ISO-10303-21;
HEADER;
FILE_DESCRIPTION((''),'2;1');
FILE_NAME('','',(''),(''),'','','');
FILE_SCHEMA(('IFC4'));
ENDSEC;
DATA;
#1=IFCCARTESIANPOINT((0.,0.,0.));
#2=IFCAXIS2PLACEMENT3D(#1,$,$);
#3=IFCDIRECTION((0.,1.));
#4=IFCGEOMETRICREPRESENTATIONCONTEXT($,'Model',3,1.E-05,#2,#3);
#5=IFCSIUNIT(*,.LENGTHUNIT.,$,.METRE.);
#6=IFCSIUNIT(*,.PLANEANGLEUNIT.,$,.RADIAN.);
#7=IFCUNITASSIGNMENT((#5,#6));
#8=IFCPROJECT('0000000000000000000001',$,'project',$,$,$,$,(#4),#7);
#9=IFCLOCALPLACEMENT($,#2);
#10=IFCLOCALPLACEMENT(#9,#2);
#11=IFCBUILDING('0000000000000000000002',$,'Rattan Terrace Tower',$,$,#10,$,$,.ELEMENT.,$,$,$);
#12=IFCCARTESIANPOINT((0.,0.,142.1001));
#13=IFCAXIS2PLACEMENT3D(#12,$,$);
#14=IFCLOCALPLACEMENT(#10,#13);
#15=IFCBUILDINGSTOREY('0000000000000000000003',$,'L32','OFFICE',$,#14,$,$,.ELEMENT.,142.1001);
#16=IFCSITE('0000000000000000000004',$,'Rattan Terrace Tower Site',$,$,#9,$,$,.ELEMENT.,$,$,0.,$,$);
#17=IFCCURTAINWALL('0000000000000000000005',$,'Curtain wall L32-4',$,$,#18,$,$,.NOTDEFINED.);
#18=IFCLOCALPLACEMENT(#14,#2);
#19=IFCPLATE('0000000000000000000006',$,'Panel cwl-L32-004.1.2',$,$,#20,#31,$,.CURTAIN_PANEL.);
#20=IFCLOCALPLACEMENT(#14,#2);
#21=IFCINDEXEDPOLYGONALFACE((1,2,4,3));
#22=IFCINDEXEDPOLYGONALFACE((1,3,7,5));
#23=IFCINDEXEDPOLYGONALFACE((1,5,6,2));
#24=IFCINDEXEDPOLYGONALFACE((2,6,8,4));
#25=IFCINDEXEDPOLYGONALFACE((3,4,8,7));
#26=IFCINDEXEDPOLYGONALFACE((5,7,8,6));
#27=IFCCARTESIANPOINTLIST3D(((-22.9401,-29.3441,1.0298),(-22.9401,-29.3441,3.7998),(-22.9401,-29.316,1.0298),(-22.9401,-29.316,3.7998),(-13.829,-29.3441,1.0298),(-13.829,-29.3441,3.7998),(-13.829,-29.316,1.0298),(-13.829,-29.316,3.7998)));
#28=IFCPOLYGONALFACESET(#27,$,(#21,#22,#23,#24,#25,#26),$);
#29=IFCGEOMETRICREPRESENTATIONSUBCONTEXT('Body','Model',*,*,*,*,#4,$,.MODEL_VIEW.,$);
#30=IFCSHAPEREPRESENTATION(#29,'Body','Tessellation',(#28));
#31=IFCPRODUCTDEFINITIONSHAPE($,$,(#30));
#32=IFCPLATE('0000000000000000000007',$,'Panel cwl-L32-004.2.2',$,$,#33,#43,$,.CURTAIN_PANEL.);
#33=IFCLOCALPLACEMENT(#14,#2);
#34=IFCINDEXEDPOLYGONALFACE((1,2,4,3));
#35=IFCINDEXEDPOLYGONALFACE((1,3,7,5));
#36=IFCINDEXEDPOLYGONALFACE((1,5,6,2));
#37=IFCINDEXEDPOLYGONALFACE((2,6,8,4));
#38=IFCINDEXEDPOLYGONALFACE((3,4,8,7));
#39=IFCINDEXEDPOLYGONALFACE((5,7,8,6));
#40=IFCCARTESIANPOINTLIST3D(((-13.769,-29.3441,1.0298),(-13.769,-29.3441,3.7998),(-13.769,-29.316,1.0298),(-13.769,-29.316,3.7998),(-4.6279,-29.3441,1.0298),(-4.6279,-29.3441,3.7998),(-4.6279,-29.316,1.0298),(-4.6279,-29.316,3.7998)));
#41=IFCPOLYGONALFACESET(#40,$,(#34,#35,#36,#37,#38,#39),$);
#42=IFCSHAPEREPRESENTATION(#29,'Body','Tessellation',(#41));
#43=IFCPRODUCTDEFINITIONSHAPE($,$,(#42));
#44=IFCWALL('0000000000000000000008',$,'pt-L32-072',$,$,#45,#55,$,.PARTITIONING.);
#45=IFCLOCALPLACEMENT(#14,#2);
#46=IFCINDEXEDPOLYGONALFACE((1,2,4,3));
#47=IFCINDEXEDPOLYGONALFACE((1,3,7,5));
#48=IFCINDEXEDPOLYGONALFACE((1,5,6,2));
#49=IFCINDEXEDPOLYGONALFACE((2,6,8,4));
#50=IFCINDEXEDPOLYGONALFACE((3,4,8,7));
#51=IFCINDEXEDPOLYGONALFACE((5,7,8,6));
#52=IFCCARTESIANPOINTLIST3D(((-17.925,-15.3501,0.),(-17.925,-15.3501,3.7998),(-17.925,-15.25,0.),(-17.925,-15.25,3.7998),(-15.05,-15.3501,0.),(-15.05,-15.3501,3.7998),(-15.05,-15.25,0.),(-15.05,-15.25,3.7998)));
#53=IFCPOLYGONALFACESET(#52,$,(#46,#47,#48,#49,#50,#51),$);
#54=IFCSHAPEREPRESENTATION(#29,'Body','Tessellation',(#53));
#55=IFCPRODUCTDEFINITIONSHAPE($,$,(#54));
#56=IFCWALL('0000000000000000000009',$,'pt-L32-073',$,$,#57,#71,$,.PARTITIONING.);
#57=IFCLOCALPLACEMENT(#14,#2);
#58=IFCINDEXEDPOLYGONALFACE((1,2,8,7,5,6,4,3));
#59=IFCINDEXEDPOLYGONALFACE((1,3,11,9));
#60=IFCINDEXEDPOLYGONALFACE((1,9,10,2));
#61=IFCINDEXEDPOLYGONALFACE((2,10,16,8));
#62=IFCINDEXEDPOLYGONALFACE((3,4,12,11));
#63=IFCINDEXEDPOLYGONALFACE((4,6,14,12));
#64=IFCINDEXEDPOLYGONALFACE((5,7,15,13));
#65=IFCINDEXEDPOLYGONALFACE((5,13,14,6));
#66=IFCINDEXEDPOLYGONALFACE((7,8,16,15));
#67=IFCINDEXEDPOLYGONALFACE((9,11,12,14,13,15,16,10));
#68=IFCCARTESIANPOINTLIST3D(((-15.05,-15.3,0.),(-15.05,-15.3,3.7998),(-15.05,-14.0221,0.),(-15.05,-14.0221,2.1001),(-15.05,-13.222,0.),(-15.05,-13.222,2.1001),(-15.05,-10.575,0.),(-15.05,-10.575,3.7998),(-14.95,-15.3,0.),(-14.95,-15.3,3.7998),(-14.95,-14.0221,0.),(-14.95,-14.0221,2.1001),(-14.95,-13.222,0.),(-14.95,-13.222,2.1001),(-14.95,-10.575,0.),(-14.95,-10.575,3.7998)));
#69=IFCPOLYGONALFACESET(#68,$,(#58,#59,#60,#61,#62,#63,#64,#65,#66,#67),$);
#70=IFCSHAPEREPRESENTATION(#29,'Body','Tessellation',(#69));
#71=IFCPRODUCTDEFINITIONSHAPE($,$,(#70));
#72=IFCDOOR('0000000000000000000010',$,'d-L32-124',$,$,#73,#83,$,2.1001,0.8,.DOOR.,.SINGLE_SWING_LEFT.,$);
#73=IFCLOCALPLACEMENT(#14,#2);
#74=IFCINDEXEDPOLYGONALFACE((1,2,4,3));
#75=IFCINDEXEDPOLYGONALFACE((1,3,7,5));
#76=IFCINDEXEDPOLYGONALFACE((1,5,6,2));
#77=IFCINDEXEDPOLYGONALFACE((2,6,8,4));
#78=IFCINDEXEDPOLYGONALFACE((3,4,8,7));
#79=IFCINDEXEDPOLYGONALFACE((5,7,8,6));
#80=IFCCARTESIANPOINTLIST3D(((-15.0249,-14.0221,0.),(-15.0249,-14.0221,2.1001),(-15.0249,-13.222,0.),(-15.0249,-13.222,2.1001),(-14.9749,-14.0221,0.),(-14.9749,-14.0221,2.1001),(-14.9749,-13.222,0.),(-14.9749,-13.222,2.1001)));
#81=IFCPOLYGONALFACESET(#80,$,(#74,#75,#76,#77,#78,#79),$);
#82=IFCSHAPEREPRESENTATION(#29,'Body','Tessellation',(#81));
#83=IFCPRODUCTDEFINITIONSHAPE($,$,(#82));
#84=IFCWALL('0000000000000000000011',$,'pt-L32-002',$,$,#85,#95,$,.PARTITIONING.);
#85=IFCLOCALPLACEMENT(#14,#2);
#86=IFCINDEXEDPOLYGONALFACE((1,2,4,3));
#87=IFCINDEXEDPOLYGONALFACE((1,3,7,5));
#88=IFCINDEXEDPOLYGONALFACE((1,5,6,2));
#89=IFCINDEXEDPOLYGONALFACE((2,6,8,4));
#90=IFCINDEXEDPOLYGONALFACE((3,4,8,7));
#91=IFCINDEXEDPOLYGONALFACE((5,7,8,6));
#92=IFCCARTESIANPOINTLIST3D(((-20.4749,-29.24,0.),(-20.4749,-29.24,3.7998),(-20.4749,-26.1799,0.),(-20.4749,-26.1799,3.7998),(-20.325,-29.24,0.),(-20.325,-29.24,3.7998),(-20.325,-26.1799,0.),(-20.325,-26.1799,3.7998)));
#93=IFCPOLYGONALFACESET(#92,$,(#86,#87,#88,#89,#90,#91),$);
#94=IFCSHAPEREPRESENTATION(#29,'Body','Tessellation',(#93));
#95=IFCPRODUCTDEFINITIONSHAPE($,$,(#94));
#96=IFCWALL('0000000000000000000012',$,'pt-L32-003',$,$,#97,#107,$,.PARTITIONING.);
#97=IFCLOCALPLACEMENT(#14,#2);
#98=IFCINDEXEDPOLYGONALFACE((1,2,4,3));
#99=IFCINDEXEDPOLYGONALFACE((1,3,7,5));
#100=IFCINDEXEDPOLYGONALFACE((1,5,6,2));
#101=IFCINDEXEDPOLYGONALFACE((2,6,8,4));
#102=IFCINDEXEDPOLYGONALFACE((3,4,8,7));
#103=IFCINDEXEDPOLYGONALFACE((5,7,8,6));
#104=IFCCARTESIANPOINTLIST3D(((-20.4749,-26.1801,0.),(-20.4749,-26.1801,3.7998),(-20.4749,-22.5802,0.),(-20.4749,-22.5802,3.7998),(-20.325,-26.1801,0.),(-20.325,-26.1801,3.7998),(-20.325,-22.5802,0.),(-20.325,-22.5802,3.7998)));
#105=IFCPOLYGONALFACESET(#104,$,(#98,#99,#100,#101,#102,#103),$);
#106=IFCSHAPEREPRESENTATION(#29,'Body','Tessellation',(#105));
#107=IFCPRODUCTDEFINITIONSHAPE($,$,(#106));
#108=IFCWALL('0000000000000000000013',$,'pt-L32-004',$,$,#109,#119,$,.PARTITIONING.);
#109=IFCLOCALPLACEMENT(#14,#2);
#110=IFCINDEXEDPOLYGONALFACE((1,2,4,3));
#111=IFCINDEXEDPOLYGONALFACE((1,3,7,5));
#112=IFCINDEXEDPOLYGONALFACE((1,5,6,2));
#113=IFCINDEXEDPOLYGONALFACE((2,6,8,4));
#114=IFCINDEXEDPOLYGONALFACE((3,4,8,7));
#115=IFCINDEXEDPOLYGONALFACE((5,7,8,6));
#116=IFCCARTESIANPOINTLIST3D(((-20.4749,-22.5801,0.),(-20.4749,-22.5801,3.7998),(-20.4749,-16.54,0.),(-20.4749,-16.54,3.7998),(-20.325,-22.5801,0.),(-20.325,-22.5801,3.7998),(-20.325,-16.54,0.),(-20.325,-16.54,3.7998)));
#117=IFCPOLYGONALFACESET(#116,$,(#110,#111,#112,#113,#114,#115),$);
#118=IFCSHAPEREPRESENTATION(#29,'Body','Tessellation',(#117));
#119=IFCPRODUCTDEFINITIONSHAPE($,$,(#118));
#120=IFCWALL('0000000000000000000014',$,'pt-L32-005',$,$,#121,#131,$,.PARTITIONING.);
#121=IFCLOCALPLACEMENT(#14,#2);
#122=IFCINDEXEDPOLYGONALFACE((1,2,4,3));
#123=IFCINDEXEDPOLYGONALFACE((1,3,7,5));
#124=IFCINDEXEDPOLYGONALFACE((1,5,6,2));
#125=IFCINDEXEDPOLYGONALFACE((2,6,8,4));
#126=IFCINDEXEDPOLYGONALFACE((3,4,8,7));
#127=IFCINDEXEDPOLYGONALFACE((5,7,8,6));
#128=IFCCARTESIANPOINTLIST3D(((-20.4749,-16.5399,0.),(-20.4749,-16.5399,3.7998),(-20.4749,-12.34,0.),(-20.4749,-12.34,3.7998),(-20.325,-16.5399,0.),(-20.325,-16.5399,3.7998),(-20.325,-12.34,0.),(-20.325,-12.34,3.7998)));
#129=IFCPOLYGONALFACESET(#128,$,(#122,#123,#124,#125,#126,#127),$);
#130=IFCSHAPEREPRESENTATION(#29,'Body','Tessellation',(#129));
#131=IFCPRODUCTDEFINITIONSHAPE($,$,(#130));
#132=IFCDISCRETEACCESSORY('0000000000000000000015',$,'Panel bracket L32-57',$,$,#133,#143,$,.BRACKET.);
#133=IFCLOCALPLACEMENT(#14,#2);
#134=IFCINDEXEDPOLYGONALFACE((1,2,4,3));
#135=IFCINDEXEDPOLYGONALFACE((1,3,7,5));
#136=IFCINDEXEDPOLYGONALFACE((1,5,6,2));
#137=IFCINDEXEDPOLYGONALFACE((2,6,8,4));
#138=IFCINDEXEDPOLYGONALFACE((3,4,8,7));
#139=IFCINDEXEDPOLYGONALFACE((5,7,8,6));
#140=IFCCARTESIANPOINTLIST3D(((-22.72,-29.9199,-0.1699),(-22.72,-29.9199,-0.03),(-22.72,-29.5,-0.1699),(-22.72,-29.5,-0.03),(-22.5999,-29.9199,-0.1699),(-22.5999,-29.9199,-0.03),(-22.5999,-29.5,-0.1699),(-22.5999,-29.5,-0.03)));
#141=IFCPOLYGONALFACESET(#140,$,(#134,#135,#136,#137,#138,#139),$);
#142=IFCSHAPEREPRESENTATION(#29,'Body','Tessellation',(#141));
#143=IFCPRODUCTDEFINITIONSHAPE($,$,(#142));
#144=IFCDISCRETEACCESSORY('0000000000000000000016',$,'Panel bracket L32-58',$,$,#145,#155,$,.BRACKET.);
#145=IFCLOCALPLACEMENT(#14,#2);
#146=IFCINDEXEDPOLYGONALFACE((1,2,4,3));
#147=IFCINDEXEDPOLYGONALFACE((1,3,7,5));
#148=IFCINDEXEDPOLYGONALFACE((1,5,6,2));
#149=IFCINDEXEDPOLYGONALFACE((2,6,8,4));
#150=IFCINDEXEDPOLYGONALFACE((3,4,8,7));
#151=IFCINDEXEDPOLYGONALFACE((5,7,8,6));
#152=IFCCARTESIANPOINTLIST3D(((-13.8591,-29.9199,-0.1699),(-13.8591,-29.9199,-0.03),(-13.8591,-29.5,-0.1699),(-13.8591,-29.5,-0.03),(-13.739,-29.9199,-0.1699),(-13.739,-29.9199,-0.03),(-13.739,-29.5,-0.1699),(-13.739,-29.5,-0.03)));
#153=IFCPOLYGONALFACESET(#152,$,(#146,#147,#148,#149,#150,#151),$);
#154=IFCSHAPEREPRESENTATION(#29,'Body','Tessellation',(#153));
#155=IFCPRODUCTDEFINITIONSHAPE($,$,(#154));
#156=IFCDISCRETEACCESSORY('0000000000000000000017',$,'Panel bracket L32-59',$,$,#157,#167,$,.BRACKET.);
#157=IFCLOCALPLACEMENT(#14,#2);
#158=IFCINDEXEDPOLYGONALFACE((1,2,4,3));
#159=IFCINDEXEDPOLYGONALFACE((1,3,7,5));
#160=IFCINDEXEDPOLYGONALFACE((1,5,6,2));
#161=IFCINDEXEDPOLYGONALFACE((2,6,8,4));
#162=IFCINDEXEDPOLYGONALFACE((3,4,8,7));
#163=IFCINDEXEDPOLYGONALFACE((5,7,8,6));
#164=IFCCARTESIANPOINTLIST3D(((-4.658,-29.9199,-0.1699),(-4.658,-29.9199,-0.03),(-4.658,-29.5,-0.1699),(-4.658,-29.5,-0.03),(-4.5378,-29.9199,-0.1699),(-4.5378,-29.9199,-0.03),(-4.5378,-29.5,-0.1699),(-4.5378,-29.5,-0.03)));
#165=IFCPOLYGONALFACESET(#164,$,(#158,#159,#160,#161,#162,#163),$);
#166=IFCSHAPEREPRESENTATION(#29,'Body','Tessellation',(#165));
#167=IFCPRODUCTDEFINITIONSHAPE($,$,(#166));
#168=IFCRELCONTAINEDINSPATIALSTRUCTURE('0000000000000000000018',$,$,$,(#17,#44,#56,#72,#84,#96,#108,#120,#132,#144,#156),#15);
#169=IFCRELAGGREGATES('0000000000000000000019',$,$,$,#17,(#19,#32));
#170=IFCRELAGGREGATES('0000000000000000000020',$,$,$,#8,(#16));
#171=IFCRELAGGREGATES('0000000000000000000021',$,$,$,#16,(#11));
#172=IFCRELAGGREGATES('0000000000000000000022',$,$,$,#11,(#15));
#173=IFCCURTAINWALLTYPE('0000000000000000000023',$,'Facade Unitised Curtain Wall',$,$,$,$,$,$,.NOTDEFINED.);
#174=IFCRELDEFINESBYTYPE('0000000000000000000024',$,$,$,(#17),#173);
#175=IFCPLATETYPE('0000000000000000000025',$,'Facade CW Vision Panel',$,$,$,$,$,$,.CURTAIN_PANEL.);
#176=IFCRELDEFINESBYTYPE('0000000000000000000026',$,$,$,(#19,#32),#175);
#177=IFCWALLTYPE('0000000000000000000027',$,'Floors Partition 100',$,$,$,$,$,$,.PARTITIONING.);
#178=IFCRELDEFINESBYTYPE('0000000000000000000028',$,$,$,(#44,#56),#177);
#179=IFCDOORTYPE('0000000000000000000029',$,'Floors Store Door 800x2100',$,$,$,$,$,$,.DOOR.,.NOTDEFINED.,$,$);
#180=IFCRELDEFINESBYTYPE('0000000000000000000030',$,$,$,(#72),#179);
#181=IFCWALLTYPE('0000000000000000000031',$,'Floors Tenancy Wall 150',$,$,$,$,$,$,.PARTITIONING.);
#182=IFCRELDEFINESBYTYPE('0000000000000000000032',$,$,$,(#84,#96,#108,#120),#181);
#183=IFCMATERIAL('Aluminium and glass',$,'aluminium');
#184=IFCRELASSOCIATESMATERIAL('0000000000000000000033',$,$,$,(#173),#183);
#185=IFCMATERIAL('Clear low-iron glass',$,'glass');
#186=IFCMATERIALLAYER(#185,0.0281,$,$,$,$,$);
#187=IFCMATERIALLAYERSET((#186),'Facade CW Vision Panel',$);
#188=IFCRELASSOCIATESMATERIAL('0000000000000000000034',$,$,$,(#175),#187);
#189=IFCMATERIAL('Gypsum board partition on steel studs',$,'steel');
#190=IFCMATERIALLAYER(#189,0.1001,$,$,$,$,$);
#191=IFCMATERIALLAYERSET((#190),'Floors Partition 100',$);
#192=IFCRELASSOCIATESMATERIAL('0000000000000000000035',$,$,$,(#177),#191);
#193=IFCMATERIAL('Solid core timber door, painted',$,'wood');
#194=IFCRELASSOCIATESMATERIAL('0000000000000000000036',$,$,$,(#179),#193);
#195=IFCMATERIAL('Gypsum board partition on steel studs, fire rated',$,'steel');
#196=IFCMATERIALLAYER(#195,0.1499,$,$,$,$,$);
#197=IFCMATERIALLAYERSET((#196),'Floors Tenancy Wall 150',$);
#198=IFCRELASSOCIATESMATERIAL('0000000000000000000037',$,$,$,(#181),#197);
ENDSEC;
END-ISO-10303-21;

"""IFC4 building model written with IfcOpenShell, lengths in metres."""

from ifc_helpers import new_model, si_unit, direction, frame, frame_2d, origin, origin_2d, place, context, subcontext, project, spatial, rectangle, extrude, material, layer, layer_set, type_object, element, fill, aggregate, save


model = new_model("IFC4")

# Units and contexts
model_context = context("Model", 3, precision=1e-05, world=origin(), true_north=direction((0.0, 1.0)))
body_context = subcontext(model_context, "Body", "Model", "MODEL_VIEW")
ifc_project = project(units=[si_unit("LENGTHUNIT", "METRE"), si_unit("PLANEANGLEUNIT", "RADIAN")], contexts=[model_context])

# Site, building, storey
site_placement = place(None, origin())
site = spatial("IfcSite", under=ifc_project, at=site_placement, Name="Rattan Terrace Tower Site", CompositionType="ELEMENT", RefElevation=0.0)
building_placement = place(site_placement, origin())
building = spatial("IfcBuilding", under=site, at=building_placement, Name="Rattan Terrace Tower", CompositionType="ELEMENT")
storey_placement = place(building_placement, frame((0.0, 0.0, 142.1001)))
storey = spatial("IfcBuildingStorey", under=building, at=storey_placement, Name="L32", Description="OFFICE", CompositionType="ELEMENT", Elevation=142.1001)

# Curtain wall
ifc_material_1 = material(Name="Aluminium and glass", Category="aluminium")
curtain_wall_type = type_object("IfcCurtainWallType", Name="Facade Unitised Curtain Wall", PredefinedType="NOTDEFINED", material=ifc_material_1)
curtain_wall_placement = place(storey_placement, origin())
curtain_wall = element("IfcCurtainWall", 1, at=curtain_wall_placement, inside=storey, type_object=curtain_wall_type, Name="Curtain wall L32-4", PredefinedType="NOTDEFINED")

# Plates
ifc_material_2 = material(Name="Clear low-iron glass", Category="glass")
ifc_layer_1 = layer(ifc_material_2, 0.0281)
ifc_layer_set_1 = layer_set([ifc_layer_1], Name="Facade CW Vision Panel")
plate_type_1 = type_object("IfcPlateType", Name="Facade CW Vision Panel", PredefinedType="CURTAIN_PANEL", material=ifc_layer_set_1)
plate_1_placement = place(storey_placement, frame((-18.3845, -29.3301, 1.0298), z_axis=(0.0, 0.0, 1.0), x_axis=(1.0, 0.0, 0.0)))
plate_1 = element("IfcPlate", 2, at=plate_1_placement, type_object=plate_type_1, Name="Panel cwl-L32-004.1.2", PredefinedType="CURTAIN_PANEL", context=body_context, shape_type="SweptSolid", body=[
    extrude(rectangle(XDim=9.1111, YDim=0.0281, at=origin_2d()), origin(), (0.0, 0.0, 1.0), 2.77),
])
plate_2_placement = place(storey_placement, frame((-9.1985, -29.3301, 1.0298), z_axis=(0.0, 0.0, 1.0), x_axis=(1.0, 0.0, 0.0)))
plate_2 = element("IfcPlate", 3, at=plate_2_placement, type_object=plate_type_1, Name="Panel cwl-L32-004.2.2", PredefinedType="CURTAIN_PANEL", context=body_context, shape_type="SweptSolid", body=[
    extrude(rectangle(XDim=9.1411, YDim=0.0281, at=origin_2d()), origin(), (0.0, 0.0, 1.0), 2.77),
])
aggregate(curtain_wall, [plate_1, plate_2])

# Wall
ifc_material_3 = material(Name="Gypsum board partition on steel studs", Category="steel")
ifc_layer_2 = layer(ifc_material_3, 0.1001)
ifc_layer_set_2 = layer_set([ifc_layer_2], Name="Floors Partition 100")
wall_type_1 = type_object("IfcWallType", Name="Floors Partition 100", PredefinedType="PARTITIONING", material=ifc_layer_set_2)
wall_1_placement = place(storey_placement, frame((-17.925, -15.3, 0.0), z_axis=(0.0, 0.0, 1.0), x_axis=(1.0, 0.0, 0.0)))
element("IfcWall", 4, at=wall_1_placement, inside=storey, type_object=wall_type_1, Name="pt-L32-072", PredefinedType="PARTITIONING", context=body_context, shape_type="SweptSolid", body=[
    extrude(rectangle(XDim=2.875, YDim=0.1001, at=frame_2d((1.4375, 0.0))), origin(), (0.0, 0.0, 1.0), 3.7998),
])

# Wall, opening, door
wall_2_placement = place(storey_placement, frame((-15.0, -15.3, 0.0), z_axis=(0.0, 0.0, 1.0), x_axis=(0.0, 1.0, 0.0)))
wall_2 = element("IfcWall", 5, at=wall_2_placement, inside=storey, type_object=wall_type_1, Name="pt-L32-073", PredefinedType="PARTITIONING", context=body_context, shape_type="SweptSolid", body=[
    extrude(rectangle(XDim=4.7251, YDim=0.1001, at=frame_2d((2.3625, 0.0))), origin(), (0.0, 0.0, 1.0), 3.7998),
])
opening_placement = place(wall_2_placement, frame((1.2781, 0.0, 0.0)))
opening = element("IfcOpeningElement", 6, at=opening_placement, cuts=wall_2, PredefinedType="OPENING", context=body_context, shape_type="SweptSolid", body=[
    extrude(rectangle(XDim=0.8, YDim=2.1001, at=frame_2d((0.3999, 1.05))), frame((0.0, 0.0605, 0.0), z_axis=(0.0, -1.0, 0.0), x_axis=(1.0, 0.0, 0.0)), (0.0, 0.0, 1.0), 0.1211),
])
ifc_material_4 = material(Name="Solid core timber door, painted", Category="wood")
door_type = type_object("IfcDoorType", Name="Floors Store Door 800x2100", OperationType="NOTDEFINED", PredefinedType="DOOR", material=ifc_material_4)
door_placement = place(opening_placement, origin())
door = element("IfcDoor", 7, at=door_placement, inside=storey, type_object=door_type, Name="d-L32-124", OperationType="SINGLE_SWING_LEFT", OverallHeight=2.1001, OverallWidth=0.8, PredefinedType="DOOR", context=body_context, shape_type="SweptSolid", body=[
    extrude(rectangle(XDim=0.8, YDim=2.1001, at=frame_2d((0.3999, 1.05))), frame((0.0, 0.0249, 0.0), z_axis=(0.0, -1.0, 0.0), x_axis=(1.0, 0.0, 0.0)), (0.0, 0.0, 1.0), 0.05),
])
fill(opening, door)

# Walls
ifc_material_5 = material(Name="Gypsum board partition on steel studs, fire rated", Category="steel")
ifc_layer_3 = layer(ifc_material_5, 0.1499)
ifc_layer_set_3 = layer_set([ifc_layer_3], Name="Floors Tenancy Wall 150")
wall_type_2 = type_object("IfcWallType", Name="Floors Tenancy Wall 150", PredefinedType="PARTITIONING", material=ifc_layer_set_3)
wall_3_placement = place(storey_placement, frame((-20.3999, -29.24, 0.0), z_axis=(0.0, 0.0, 1.0), x_axis=(0.0, 1.0, 0.0)))
element("IfcWall", 8, at=wall_3_placement, inside=storey, type_object=wall_type_2, Name="pt-L32-002", PredefinedType="PARTITIONING", context=body_context, shape_type="SweptSolid", body=[
    extrude(rectangle(XDim=3.0601, YDim=0.1499, at=frame_2d((1.53, 0.0))), origin(), (0.0, 0.0, 1.0), 3.7998),
])
wall_4_placement = place(storey_placement, frame((-20.3999, -26.1799, 0.0), z_axis=(0.0, 0.0, 1.0), x_axis=(0.0, 1.0, 0.0)))
element("IfcWall", 9, at=wall_4_placement, inside=storey, type_object=wall_type_2, Name="pt-L32-003", PredefinedType="PARTITIONING", context=body_context, shape_type="SweptSolid", body=[
    extrude(rectangle(XDim=3.5999, YDim=0.1499, at=frame_2d((1.7998, 0.0))), origin(), (0.0, 0.0, 1.0), 3.7998),
])
wall_5_placement = place(storey_placement, frame((-20.3999, -22.5801, 0.0), z_axis=(0.0, 0.0, 1.0), x_axis=(0.0, 1.0, 0.0)))
element("IfcWall", 10, at=wall_5_placement, inside=storey, type_object=wall_type_2, Name="pt-L32-004", PredefinedType="PARTITIONING", context=body_context, shape_type="SweptSolid", body=[
    extrude(rectangle(XDim=6.04, YDim=0.1499, at=frame_2d((3.02, 0.0))), origin(), (0.0, 0.0, 1.0), 3.7998),
])
wall_6_placement = place(storey_placement, frame((-20.3999, -16.54, 0.0), z_axis=(0.0, 0.0, 1.0), x_axis=(0.0, 1.0, 0.0)))
element("IfcWall", 11, at=wall_6_placement, inside=storey, type_object=wall_type_2, Name="pt-L32-005", PredefinedType="PARTITIONING", context=body_context, shape_type="SweptSolid", body=[
    extrude(rectangle(XDim=4.2, YDim=0.1499, at=frame_2d((2.1001, 0.0))), origin(), (0.0, 0.0, 1.0), 3.7998),
])

# Discrete accessories
for number, where, z_axis, x_axis, name in (
    (12, (-22.6599, -29.71, -0.1699), (0.0, 0.0, 1.0), (1.0, 0.0, 0.0), "Panel bracket L32-57"),
    (13, (-13.7991, -29.71, -0.1699), (0.0, 0.0, 1.0), (1.0, 0.0, 0.0), "Panel bracket L32-58"),
    (14, (-4.5979, -29.71, -0.1699), (0.0, 0.0, 1.0), (1.0, 0.0, 0.0), "Panel bracket L32-59"),
):
    element("IfcDiscreteAccessory", number, at=place(storey_placement, frame(where, z_axis=z_axis, x_axis=x_axis)), inside=storey, Name=name, PredefinedType="BRACKET", context=body_context, shape_type="SweptSolid", body=[
        extrude(rectangle(XDim=0.1201, YDim=0.4199, at=origin_2d()), origin(), (0.0, 0.0, 1.0), 0.1399),
    ])

save(model, "model.ifc")
